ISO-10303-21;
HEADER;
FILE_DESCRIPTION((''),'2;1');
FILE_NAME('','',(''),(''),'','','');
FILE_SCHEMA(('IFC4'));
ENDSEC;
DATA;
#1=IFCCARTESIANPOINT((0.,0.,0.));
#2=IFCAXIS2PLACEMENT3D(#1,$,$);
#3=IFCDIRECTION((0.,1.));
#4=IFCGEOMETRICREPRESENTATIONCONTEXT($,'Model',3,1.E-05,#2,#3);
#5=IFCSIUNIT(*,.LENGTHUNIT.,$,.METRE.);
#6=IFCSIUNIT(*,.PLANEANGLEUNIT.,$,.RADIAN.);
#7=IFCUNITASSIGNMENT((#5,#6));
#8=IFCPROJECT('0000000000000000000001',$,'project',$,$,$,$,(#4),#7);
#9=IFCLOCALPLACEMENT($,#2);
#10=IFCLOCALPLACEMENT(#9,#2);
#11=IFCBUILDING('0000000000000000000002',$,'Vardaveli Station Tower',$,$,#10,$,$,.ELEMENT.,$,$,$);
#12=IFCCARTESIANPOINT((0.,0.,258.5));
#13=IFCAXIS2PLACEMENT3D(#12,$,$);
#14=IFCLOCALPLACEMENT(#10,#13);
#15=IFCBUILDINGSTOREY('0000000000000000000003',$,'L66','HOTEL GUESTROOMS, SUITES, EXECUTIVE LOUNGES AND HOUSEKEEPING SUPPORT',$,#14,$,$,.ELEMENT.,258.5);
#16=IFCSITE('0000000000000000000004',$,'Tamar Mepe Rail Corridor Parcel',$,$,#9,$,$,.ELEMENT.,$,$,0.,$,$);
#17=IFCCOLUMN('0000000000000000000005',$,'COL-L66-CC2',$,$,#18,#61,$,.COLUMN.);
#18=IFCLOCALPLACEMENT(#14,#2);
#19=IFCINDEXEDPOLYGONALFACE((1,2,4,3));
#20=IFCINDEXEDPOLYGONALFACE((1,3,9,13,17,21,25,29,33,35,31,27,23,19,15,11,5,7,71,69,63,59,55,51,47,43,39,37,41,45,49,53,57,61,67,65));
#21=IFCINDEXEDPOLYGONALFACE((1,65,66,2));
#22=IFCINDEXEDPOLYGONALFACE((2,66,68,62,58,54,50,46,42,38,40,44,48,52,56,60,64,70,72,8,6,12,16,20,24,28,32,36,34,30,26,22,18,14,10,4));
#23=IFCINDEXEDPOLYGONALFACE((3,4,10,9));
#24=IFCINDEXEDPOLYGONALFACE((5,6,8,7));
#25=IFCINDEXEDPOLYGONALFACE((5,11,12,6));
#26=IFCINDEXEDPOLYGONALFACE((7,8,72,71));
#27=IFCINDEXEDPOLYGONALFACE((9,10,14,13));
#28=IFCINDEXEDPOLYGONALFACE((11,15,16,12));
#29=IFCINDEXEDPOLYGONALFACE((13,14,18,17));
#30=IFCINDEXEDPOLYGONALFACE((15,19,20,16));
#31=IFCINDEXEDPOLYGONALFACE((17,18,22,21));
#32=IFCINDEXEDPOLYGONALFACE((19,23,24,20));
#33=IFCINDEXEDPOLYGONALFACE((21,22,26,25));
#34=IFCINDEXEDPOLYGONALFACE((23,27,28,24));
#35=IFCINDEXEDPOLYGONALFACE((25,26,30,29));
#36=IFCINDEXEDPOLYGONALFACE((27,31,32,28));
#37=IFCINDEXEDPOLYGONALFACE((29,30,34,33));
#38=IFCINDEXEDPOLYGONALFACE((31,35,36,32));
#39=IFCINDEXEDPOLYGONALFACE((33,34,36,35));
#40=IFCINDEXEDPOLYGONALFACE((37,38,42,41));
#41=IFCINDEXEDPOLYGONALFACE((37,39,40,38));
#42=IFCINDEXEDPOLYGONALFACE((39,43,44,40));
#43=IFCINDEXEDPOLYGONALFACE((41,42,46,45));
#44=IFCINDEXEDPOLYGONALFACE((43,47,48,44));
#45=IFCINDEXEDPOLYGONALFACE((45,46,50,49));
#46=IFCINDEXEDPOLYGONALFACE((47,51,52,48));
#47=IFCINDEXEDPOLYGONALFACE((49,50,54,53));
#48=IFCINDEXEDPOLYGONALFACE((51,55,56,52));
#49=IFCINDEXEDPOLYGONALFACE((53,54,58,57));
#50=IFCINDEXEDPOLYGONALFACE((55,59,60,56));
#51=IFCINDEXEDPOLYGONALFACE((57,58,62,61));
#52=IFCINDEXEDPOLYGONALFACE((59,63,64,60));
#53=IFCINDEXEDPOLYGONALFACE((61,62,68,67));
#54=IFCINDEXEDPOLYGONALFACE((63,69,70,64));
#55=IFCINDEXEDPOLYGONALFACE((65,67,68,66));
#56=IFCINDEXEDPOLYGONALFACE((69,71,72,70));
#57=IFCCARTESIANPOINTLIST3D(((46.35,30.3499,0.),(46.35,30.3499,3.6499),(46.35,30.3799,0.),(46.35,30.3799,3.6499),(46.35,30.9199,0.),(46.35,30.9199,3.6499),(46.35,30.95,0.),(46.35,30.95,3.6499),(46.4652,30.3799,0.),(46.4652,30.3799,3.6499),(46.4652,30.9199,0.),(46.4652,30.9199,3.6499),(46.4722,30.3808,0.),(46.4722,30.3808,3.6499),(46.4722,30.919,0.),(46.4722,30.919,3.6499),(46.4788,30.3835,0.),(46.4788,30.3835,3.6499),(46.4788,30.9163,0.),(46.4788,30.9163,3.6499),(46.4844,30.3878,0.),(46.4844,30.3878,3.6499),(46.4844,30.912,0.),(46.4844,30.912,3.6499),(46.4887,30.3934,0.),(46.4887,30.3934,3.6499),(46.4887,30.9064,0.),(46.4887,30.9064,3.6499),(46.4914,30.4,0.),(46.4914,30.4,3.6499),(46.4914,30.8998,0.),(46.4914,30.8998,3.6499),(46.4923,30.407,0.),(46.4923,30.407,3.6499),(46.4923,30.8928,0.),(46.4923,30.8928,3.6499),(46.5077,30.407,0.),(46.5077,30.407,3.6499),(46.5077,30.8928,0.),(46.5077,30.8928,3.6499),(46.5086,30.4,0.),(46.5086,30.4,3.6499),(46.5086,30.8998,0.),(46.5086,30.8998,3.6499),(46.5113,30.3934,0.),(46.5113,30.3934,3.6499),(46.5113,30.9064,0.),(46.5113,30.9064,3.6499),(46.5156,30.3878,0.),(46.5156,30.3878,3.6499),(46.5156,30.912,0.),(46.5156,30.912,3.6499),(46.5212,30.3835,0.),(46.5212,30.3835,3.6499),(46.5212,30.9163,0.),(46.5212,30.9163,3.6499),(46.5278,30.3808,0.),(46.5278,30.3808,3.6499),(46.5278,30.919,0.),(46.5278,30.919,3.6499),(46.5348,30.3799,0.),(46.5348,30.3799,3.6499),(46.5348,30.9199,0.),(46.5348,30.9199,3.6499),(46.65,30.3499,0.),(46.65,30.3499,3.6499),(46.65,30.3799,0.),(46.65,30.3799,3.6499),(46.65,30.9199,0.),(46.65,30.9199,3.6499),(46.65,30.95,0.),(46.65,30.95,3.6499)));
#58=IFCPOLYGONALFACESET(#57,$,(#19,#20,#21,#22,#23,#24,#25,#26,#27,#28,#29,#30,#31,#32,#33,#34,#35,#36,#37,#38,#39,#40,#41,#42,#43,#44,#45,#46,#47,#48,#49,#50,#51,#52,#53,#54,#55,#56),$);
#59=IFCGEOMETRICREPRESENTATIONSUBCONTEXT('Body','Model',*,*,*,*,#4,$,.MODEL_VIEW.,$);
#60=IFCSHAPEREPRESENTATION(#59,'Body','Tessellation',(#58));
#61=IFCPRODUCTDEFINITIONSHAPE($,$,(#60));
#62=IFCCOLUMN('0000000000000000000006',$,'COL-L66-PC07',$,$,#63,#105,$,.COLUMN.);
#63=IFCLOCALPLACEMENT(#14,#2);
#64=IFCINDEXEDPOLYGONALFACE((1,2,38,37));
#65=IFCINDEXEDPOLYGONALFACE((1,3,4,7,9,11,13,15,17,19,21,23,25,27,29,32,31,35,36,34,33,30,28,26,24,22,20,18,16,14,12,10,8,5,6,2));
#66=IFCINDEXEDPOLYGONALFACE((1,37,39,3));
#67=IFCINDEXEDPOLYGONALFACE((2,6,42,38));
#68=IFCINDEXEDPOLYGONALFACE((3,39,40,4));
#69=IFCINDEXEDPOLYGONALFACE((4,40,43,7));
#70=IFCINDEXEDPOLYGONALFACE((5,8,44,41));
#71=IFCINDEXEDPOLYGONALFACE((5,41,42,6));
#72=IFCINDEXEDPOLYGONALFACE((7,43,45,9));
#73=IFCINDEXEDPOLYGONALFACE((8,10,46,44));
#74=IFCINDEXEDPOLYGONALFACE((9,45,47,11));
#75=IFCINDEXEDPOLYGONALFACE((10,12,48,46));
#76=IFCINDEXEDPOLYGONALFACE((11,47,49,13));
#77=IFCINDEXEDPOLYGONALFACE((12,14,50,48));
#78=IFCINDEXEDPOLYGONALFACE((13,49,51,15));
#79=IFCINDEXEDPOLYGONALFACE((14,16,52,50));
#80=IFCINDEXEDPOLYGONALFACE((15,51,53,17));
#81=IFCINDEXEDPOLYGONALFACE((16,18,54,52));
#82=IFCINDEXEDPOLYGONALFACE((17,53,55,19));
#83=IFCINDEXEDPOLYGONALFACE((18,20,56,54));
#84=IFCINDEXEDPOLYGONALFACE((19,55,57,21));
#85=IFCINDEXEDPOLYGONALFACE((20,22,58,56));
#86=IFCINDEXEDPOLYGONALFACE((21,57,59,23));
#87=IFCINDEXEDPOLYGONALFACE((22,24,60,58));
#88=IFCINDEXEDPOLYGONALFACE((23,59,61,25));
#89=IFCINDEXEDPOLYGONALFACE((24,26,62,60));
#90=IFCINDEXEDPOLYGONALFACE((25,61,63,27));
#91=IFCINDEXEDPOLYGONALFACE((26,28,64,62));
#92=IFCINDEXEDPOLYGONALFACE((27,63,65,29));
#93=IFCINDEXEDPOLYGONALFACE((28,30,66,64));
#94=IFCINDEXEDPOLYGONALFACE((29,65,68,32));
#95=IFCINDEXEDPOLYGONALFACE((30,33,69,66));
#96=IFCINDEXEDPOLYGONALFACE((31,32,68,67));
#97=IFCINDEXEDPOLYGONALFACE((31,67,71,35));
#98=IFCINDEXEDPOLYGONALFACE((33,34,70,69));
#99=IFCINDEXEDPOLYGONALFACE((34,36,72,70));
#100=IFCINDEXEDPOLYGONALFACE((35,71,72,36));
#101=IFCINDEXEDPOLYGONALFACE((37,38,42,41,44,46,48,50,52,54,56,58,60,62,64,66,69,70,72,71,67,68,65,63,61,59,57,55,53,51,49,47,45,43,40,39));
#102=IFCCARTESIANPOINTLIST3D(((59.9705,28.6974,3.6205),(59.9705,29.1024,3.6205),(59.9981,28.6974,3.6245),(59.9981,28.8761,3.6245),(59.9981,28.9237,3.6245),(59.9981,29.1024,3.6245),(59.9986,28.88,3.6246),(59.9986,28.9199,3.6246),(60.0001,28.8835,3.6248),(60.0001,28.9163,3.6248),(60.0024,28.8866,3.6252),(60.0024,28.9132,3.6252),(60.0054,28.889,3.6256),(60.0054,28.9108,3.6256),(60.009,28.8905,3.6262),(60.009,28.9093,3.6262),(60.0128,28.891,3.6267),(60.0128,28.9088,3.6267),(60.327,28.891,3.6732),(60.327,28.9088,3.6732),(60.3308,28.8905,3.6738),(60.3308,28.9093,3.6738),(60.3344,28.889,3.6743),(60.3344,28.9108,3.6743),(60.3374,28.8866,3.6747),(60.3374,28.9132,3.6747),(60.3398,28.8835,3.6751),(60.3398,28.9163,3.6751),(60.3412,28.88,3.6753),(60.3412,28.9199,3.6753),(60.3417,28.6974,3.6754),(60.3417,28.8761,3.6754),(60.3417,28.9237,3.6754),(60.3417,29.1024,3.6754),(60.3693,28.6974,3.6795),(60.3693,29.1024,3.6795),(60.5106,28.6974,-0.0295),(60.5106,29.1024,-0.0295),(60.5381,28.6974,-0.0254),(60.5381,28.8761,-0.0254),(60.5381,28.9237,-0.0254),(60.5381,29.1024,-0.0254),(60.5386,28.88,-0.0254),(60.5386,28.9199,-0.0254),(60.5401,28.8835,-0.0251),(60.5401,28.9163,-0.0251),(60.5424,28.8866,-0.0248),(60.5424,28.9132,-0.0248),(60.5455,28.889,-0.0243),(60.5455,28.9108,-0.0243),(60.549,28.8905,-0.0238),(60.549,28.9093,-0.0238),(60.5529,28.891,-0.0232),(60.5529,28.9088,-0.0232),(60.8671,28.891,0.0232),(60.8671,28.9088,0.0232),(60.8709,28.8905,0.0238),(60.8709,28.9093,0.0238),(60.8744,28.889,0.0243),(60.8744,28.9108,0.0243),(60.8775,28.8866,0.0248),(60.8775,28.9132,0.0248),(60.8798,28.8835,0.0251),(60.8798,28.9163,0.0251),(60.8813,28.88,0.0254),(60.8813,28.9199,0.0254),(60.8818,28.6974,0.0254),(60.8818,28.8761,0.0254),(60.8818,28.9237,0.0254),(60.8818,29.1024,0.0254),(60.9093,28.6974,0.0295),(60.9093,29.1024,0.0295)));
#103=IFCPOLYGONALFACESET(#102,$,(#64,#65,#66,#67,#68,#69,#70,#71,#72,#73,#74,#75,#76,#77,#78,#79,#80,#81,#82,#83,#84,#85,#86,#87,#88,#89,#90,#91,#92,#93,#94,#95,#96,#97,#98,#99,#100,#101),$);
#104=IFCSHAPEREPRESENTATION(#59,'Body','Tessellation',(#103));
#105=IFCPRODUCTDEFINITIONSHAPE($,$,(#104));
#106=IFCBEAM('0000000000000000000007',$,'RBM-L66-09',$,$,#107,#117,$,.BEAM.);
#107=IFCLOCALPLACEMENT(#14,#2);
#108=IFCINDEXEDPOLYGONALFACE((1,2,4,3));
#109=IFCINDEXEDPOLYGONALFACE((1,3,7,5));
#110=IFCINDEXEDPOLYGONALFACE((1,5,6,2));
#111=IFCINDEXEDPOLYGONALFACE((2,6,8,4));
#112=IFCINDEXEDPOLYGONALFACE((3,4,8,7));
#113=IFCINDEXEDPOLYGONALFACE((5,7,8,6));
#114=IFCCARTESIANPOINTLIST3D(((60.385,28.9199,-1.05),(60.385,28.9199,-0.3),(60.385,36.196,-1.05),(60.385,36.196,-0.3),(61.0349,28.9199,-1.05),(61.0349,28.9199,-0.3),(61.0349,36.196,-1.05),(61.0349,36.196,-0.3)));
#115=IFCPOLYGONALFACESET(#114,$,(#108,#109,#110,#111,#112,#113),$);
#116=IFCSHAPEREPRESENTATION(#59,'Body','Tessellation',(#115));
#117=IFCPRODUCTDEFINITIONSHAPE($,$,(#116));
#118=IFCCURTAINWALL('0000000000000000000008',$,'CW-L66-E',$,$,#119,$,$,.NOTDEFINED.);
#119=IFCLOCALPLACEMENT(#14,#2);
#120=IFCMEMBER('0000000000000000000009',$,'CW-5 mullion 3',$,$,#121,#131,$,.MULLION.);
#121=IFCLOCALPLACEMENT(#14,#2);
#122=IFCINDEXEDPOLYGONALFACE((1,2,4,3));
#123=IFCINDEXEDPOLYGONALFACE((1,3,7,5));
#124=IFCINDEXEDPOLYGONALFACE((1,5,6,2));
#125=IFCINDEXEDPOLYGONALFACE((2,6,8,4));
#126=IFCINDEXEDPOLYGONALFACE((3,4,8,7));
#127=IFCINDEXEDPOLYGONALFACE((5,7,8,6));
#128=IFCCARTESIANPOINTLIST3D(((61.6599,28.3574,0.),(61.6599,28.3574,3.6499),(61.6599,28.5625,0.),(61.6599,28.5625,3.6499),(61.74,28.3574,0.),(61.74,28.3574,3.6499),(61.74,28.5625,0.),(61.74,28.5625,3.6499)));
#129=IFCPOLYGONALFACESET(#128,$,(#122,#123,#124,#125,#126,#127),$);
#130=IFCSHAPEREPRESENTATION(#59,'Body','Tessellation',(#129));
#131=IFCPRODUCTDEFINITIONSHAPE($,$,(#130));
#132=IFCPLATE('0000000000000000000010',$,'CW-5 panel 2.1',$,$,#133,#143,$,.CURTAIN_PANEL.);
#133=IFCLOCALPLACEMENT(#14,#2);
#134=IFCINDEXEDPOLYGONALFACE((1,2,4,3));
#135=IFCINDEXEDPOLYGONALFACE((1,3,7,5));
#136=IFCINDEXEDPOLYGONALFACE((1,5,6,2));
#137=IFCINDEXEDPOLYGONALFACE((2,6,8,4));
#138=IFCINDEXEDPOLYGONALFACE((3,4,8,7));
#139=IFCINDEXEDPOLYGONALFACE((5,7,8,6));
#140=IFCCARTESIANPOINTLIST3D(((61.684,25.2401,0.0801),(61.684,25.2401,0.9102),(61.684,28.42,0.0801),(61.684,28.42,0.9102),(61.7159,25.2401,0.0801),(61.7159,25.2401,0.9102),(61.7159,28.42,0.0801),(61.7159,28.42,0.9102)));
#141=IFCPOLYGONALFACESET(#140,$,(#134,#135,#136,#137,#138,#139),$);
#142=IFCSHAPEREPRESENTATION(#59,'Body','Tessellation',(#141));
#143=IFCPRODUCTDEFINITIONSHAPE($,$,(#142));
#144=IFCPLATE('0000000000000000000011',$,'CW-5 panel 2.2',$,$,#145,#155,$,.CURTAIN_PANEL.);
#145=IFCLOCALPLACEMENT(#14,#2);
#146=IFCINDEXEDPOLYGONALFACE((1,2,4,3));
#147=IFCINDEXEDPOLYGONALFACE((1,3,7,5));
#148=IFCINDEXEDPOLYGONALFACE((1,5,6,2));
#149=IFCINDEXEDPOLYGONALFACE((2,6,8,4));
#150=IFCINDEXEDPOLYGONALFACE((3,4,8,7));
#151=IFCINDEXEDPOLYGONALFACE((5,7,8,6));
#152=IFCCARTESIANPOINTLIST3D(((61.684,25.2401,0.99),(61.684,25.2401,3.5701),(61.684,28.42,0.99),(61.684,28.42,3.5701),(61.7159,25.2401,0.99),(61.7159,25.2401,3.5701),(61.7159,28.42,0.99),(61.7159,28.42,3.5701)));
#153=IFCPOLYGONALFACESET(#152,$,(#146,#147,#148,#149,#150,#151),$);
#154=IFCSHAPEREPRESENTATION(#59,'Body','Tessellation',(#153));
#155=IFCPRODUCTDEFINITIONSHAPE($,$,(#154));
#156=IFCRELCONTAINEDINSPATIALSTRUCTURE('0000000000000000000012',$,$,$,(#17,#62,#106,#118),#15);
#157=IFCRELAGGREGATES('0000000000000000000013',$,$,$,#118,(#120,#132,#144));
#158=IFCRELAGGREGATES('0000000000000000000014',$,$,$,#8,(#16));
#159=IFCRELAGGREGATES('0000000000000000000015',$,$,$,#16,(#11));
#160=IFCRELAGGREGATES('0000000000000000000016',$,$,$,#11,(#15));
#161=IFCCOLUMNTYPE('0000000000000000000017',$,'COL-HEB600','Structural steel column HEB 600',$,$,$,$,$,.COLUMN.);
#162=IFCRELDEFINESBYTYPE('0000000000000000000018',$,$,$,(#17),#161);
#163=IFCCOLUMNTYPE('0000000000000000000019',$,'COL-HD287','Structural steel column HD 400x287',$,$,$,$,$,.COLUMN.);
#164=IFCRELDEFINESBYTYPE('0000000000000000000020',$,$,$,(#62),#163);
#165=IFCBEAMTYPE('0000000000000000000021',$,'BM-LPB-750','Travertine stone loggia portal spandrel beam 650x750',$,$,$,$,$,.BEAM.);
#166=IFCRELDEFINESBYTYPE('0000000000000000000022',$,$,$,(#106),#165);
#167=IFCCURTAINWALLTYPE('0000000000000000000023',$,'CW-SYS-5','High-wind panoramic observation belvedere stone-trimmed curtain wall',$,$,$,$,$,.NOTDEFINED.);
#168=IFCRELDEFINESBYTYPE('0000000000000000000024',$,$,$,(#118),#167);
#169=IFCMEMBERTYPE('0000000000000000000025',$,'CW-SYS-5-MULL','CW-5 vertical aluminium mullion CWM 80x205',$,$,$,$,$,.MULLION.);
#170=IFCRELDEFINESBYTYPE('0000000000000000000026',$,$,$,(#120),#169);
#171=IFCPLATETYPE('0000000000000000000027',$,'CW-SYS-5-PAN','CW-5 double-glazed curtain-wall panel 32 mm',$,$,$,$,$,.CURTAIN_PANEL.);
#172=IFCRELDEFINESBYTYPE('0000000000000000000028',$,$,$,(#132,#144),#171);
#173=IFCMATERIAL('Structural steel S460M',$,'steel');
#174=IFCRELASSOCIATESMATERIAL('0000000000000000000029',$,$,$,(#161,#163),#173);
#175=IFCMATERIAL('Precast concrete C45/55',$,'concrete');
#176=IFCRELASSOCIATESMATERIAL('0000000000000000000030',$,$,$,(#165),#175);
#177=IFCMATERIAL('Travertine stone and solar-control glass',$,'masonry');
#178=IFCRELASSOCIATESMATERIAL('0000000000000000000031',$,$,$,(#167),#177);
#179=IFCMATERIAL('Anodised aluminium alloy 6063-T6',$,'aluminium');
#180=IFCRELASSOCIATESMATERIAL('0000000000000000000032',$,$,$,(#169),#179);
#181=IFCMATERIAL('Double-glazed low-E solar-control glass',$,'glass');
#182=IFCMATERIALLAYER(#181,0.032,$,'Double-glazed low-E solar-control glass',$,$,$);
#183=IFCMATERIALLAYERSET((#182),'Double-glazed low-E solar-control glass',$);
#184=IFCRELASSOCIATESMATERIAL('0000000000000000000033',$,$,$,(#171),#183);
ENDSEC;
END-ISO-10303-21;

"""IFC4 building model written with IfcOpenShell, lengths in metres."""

from ifc_helpers import new_model, si_unit, direction, frame, origin, origin_2d, place, context, subcontext, project, spatial, rectangle, i_section, extrude, source, transform, mapped, material, layer, layer_set, material_profile, profile_set, type_object, element, aggregate, save


model = new_model("IFC4")

# Units and contexts
model_context = context("Model", 3, precision=1e-05, world=origin(), true_north=direction((0.0, 1.0)))
body_context = subcontext(model_context, "Body", "Model", "MODEL_VIEW")
ifc_project = project(units=[si_unit("LENGTHUNIT", "METRE"), si_unit("PLANEANGLEUNIT", "RADIAN")], contexts=[model_context])

# Site, building, storey
site_placement = place(None, origin())
site = spatial("IfcSite", under=ifc_project, at=site_placement, Name="Tamar Mepe Rail Corridor Parcel", CompositionType="ELEMENT", RefElevation=0.0)
building_placement = place(site_placement, origin())
building = spatial("IfcBuilding", under=site, at=building_placement, Name="Vardaveli Station Tower", CompositionType="ELEMENT")
storey_placement = place(building_placement, frame((0.0, 0.0, 258.5)))
storey = spatial("IfcBuildingStorey", under=building, at=storey_placement, Name="L66", Description="HOTEL GUESTROOMS, SUITES, EXECUTIVE LOUNGES AND HOUSEKEEPING SUPPORT", CompositionType="ELEMENT", Elevation=258.5)

# Columns
ifc_material_1 = material(Name="Structural steel S460M", Category="steel")
ifc_material_profile_1 = material_profile(ifc_material_1, i_section(OverallWidth=0.3, OverallDepth=0.6001, WebThickness=0.0154, FlangeThickness=0.03, FilletRadius=0.0271, at=origin_2d()), Name="HEB 600")
ifc_profile_set_1 = profile_set([ifc_material_profile_1], Name="Structural steel S460M")
column_type_1 = type_object("IfcColumnType", Name="COL-HEB600", Description="Structural steel column HEB 600", PredefinedType="COLUMN", material=ifc_profile_set_1)
shared_shape_1 = source(origin(), body_context, "Body", "SweptSolid", [
    extrude(i_section(OverallWidth=0.3, OverallDepth=0.6001, WebThickness=0.0154, FlangeThickness=0.03, FilletRadius=0.0271, at=origin_2d()), origin(), (0.0, 0.0, 1.0), 3.6499),
])
column_1_placement = place(storey_placement, frame((46.5, 30.6499, 0.0), z_axis=(0.0, 0.0, 1.0), x_axis=(1.0, 0.0, 0.0)))
element("IfcColumn", 1, at=column_1_placement, inside=storey, type_object=column_type_1, Name="COL-L66-CC2", PredefinedType="COLUMN", context=body_context, shape_type="MappedRepresentation", body=[
    mapped(shared_shape_1, transform((0.0, 0.0, 0.0), scale=1.0)),
])
ifc_material_profile_2 = material_profile(ifc_material_1, i_section(OverallWidth=0.405, OverallDepth=0.4031, WebThickness=0.0178, FlangeThickness=0.0278, FilletRadius=0.0149, at=origin_2d()), Name="HD 400x287")
ifc_profile_set_2 = profile_set([ifc_material_profile_2], Name="Structural steel S460M")
column_type_2 = type_object("IfcColumnType", Name="COL-HD287", Description="Structural steel column HD 400x287", PredefinedType="COLUMN", material=ifc_profile_set_2)
shared_shape_2 = source(origin(), body_context, "Body", "SweptSolid", [
    extrude(i_section(OverallWidth=0.405, OverallDepth=0.4031, WebThickness=0.0178, FlangeThickness=0.0278, FilletRadius=0.0149, at=origin_2d()), origin(), (0.0, 0.0, 1.0), 3.6897),
])
column_2_placement = place(storey_placement, frame((60.71, 28.8999, 0.0), z_axis=(-0.146366, 0.0, 0.98923), x_axis=(0.0, -1.0, 0.0)))
element("IfcColumn", 2, at=column_2_placement, inside=storey, type_object=column_type_2, Name="COL-L66-PC07", PredefinedType="COLUMN", context=body_context, shape_type="MappedRepresentation", body=[
    mapped(shared_shape_2, transform((0.0, 0.0, 0.0), scale=1.0)),
])

# Beam
ifc_material_2 = material(Name="Precast concrete C45/55", Category="concrete")
ifc_material_profile_3 = material_profile(ifc_material_2, rectangle(XDim=0.6499, YDim=0.75, at=origin_2d()), Name="LPB 650x750")
ifc_profile_set_3 = profile_set([ifc_material_profile_3], Name="Precast concrete C45/55")
beam_type = type_object("IfcBeamType", Name="BM-LPB-750", Description="Travertine stone loggia portal spandrel beam 650x750", PredefinedType="BEAM", material=ifc_profile_set_3)
shared_shape_3 = source(origin(), body_context, "Body", "SweptSolid", [
    extrude(rectangle(XDim=0.6499, YDim=0.75, at=origin_2d()), origin(), (0.0, 0.0, 1.0), 7.2761),
])
beam_placement = place(storey_placement, frame((60.71, 28.9199, -0.675), z_axis=(0.0, 1.0, 0.0), x_axis=(-1.0, 0.0, 0.0)))
element("IfcBeam", 3, at=beam_placement, inside=storey, type_object=beam_type, Name="RBM-L66-09", PredefinedType="BEAM", context=body_context, shape_type="MappedRepresentation", body=[
    mapped(shared_shape_3, transform((0.0, 0.0, 0.0), scale=1.0)),
])

# Curtain wall, member, plates
ifc_material_3 = material(Name="Travertine stone and solar-control glass", Category="masonry")
curtain_wall_type = type_object("IfcCurtainWallType", Name="CW-SYS-5", Description="High-wind panoramic observation belvedere stone-trimmed curtain wall", PredefinedType="NOTDEFINED", material=ifc_material_3)
curtain_wall_placement = place(storey_placement, origin())
curtain_wall = element("IfcCurtainWall", 4, at=curtain_wall_placement, inside=storey, type_object=curtain_wall_type, Name="CW-L66-E", PredefinedType="NOTDEFINED")
ifc_material_4 = material(Name="Anodised aluminium alloy 6063-T6", Category="aluminium")
ifc_material_profile_4 = material_profile(ifc_material_4, rectangle(XDim=0.0801, YDim=0.2051, at=origin_2d()), Name="CWM 80x205")
ifc_profile_set_4 = profile_set([ifc_material_profile_4], Name="Anodised aluminium alloy 6063-T6")
member_type = type_object("IfcMemberType", Name="CW-SYS-5-MULL", Description="CW-5 vertical aluminium mullion CWM 80x205", PredefinedType="MULLION", material=ifc_profile_set_4)
shared_shape_4 = source(origin(), body_context, "Body", "SweptSolid", [
    extrude(rectangle(XDim=0.0801, YDim=0.2051, at=origin_2d()), origin(), (0.0, 0.0, 1.0), 3.6499),
])
member_placement = place(storey_placement, frame((61.7, 28.46, 0.0), z_axis=(0.0, 0.0, 1.0), x_axis=(-1.0, 0.0, 0.0)))
member = element("IfcMember", 5, at=member_placement, type_object=member_type, Name="CW-5 mullion 3", PredefinedType="MULLION", context=body_context, shape_type="MappedRepresentation", body=[
    mapped(shared_shape_4, transform((0.0, 0.0, 0.0), scale=1.0)),
])
ifc_material_5 = material(Name="Double-glazed low-E solar-control glass", Category="glass")
ifc_layer_1 = layer(ifc_material_5, 0.032, Name="Double-glazed low-E solar-control glass")
ifc_layer_set_1 = layer_set([ifc_layer_1], Name="Double-glazed low-E solar-control glass")
plate_type = type_object("IfcPlateType", Name="CW-SYS-5-PAN", Description="CW-5 double-glazed curtain-wall panel 32 mm", PredefinedType="CURTAIN_PANEL", material=ifc_layer_set_1)
shared_shape_5 = source(origin(), body_context, "Body", "SweptSolid", [
    extrude(rectangle(XDim=3.1799, YDim=0.032, at=origin_2d()), origin(), (0.0, 0.0, 1.0), 0.8301),
])
plate_1_placement = place(storey_placement, frame((61.7, 26.8301, 0.0801), z_axis=(0.0, 0.0, 1.0), x_axis=(0.0, 1.0, 0.0)))
plate_1 = element("IfcPlate", 6, at=plate_1_placement, type_object=plate_type, Name="CW-5 panel 2.1", PredefinedType="CURTAIN_PANEL", context=body_context, shape_type="MappedRepresentation", body=[
    mapped(shared_shape_5, transform((0.0, 0.0, 0.0), scale=1.0)),
])
shared_shape_6 = source(origin(), body_context, "Body", "SweptSolid", [
    extrude(rectangle(XDim=3.1799, YDim=0.032, at=origin_2d()), origin(), (0.0, 0.0, 1.0), 2.5801),
])
plate_2_placement = place(storey_placement, frame((61.7, 26.8301, 0.99), z_axis=(0.0, 0.0, 1.0), x_axis=(0.0, 1.0, 0.0)))
plate_2 = element("IfcPlate", 7, at=plate_2_placement, type_object=plate_type, Name="CW-5 panel 2.2", PredefinedType="CURTAIN_PANEL", context=body_context, shape_type="MappedRepresentation", body=[
    mapped(shared_shape_6, transform((0.0, 0.0, 0.0), scale=1.0)),
])
aggregate(curtain_wall, [member, plate_1, plate_2])

save(model, "model.ifc")
